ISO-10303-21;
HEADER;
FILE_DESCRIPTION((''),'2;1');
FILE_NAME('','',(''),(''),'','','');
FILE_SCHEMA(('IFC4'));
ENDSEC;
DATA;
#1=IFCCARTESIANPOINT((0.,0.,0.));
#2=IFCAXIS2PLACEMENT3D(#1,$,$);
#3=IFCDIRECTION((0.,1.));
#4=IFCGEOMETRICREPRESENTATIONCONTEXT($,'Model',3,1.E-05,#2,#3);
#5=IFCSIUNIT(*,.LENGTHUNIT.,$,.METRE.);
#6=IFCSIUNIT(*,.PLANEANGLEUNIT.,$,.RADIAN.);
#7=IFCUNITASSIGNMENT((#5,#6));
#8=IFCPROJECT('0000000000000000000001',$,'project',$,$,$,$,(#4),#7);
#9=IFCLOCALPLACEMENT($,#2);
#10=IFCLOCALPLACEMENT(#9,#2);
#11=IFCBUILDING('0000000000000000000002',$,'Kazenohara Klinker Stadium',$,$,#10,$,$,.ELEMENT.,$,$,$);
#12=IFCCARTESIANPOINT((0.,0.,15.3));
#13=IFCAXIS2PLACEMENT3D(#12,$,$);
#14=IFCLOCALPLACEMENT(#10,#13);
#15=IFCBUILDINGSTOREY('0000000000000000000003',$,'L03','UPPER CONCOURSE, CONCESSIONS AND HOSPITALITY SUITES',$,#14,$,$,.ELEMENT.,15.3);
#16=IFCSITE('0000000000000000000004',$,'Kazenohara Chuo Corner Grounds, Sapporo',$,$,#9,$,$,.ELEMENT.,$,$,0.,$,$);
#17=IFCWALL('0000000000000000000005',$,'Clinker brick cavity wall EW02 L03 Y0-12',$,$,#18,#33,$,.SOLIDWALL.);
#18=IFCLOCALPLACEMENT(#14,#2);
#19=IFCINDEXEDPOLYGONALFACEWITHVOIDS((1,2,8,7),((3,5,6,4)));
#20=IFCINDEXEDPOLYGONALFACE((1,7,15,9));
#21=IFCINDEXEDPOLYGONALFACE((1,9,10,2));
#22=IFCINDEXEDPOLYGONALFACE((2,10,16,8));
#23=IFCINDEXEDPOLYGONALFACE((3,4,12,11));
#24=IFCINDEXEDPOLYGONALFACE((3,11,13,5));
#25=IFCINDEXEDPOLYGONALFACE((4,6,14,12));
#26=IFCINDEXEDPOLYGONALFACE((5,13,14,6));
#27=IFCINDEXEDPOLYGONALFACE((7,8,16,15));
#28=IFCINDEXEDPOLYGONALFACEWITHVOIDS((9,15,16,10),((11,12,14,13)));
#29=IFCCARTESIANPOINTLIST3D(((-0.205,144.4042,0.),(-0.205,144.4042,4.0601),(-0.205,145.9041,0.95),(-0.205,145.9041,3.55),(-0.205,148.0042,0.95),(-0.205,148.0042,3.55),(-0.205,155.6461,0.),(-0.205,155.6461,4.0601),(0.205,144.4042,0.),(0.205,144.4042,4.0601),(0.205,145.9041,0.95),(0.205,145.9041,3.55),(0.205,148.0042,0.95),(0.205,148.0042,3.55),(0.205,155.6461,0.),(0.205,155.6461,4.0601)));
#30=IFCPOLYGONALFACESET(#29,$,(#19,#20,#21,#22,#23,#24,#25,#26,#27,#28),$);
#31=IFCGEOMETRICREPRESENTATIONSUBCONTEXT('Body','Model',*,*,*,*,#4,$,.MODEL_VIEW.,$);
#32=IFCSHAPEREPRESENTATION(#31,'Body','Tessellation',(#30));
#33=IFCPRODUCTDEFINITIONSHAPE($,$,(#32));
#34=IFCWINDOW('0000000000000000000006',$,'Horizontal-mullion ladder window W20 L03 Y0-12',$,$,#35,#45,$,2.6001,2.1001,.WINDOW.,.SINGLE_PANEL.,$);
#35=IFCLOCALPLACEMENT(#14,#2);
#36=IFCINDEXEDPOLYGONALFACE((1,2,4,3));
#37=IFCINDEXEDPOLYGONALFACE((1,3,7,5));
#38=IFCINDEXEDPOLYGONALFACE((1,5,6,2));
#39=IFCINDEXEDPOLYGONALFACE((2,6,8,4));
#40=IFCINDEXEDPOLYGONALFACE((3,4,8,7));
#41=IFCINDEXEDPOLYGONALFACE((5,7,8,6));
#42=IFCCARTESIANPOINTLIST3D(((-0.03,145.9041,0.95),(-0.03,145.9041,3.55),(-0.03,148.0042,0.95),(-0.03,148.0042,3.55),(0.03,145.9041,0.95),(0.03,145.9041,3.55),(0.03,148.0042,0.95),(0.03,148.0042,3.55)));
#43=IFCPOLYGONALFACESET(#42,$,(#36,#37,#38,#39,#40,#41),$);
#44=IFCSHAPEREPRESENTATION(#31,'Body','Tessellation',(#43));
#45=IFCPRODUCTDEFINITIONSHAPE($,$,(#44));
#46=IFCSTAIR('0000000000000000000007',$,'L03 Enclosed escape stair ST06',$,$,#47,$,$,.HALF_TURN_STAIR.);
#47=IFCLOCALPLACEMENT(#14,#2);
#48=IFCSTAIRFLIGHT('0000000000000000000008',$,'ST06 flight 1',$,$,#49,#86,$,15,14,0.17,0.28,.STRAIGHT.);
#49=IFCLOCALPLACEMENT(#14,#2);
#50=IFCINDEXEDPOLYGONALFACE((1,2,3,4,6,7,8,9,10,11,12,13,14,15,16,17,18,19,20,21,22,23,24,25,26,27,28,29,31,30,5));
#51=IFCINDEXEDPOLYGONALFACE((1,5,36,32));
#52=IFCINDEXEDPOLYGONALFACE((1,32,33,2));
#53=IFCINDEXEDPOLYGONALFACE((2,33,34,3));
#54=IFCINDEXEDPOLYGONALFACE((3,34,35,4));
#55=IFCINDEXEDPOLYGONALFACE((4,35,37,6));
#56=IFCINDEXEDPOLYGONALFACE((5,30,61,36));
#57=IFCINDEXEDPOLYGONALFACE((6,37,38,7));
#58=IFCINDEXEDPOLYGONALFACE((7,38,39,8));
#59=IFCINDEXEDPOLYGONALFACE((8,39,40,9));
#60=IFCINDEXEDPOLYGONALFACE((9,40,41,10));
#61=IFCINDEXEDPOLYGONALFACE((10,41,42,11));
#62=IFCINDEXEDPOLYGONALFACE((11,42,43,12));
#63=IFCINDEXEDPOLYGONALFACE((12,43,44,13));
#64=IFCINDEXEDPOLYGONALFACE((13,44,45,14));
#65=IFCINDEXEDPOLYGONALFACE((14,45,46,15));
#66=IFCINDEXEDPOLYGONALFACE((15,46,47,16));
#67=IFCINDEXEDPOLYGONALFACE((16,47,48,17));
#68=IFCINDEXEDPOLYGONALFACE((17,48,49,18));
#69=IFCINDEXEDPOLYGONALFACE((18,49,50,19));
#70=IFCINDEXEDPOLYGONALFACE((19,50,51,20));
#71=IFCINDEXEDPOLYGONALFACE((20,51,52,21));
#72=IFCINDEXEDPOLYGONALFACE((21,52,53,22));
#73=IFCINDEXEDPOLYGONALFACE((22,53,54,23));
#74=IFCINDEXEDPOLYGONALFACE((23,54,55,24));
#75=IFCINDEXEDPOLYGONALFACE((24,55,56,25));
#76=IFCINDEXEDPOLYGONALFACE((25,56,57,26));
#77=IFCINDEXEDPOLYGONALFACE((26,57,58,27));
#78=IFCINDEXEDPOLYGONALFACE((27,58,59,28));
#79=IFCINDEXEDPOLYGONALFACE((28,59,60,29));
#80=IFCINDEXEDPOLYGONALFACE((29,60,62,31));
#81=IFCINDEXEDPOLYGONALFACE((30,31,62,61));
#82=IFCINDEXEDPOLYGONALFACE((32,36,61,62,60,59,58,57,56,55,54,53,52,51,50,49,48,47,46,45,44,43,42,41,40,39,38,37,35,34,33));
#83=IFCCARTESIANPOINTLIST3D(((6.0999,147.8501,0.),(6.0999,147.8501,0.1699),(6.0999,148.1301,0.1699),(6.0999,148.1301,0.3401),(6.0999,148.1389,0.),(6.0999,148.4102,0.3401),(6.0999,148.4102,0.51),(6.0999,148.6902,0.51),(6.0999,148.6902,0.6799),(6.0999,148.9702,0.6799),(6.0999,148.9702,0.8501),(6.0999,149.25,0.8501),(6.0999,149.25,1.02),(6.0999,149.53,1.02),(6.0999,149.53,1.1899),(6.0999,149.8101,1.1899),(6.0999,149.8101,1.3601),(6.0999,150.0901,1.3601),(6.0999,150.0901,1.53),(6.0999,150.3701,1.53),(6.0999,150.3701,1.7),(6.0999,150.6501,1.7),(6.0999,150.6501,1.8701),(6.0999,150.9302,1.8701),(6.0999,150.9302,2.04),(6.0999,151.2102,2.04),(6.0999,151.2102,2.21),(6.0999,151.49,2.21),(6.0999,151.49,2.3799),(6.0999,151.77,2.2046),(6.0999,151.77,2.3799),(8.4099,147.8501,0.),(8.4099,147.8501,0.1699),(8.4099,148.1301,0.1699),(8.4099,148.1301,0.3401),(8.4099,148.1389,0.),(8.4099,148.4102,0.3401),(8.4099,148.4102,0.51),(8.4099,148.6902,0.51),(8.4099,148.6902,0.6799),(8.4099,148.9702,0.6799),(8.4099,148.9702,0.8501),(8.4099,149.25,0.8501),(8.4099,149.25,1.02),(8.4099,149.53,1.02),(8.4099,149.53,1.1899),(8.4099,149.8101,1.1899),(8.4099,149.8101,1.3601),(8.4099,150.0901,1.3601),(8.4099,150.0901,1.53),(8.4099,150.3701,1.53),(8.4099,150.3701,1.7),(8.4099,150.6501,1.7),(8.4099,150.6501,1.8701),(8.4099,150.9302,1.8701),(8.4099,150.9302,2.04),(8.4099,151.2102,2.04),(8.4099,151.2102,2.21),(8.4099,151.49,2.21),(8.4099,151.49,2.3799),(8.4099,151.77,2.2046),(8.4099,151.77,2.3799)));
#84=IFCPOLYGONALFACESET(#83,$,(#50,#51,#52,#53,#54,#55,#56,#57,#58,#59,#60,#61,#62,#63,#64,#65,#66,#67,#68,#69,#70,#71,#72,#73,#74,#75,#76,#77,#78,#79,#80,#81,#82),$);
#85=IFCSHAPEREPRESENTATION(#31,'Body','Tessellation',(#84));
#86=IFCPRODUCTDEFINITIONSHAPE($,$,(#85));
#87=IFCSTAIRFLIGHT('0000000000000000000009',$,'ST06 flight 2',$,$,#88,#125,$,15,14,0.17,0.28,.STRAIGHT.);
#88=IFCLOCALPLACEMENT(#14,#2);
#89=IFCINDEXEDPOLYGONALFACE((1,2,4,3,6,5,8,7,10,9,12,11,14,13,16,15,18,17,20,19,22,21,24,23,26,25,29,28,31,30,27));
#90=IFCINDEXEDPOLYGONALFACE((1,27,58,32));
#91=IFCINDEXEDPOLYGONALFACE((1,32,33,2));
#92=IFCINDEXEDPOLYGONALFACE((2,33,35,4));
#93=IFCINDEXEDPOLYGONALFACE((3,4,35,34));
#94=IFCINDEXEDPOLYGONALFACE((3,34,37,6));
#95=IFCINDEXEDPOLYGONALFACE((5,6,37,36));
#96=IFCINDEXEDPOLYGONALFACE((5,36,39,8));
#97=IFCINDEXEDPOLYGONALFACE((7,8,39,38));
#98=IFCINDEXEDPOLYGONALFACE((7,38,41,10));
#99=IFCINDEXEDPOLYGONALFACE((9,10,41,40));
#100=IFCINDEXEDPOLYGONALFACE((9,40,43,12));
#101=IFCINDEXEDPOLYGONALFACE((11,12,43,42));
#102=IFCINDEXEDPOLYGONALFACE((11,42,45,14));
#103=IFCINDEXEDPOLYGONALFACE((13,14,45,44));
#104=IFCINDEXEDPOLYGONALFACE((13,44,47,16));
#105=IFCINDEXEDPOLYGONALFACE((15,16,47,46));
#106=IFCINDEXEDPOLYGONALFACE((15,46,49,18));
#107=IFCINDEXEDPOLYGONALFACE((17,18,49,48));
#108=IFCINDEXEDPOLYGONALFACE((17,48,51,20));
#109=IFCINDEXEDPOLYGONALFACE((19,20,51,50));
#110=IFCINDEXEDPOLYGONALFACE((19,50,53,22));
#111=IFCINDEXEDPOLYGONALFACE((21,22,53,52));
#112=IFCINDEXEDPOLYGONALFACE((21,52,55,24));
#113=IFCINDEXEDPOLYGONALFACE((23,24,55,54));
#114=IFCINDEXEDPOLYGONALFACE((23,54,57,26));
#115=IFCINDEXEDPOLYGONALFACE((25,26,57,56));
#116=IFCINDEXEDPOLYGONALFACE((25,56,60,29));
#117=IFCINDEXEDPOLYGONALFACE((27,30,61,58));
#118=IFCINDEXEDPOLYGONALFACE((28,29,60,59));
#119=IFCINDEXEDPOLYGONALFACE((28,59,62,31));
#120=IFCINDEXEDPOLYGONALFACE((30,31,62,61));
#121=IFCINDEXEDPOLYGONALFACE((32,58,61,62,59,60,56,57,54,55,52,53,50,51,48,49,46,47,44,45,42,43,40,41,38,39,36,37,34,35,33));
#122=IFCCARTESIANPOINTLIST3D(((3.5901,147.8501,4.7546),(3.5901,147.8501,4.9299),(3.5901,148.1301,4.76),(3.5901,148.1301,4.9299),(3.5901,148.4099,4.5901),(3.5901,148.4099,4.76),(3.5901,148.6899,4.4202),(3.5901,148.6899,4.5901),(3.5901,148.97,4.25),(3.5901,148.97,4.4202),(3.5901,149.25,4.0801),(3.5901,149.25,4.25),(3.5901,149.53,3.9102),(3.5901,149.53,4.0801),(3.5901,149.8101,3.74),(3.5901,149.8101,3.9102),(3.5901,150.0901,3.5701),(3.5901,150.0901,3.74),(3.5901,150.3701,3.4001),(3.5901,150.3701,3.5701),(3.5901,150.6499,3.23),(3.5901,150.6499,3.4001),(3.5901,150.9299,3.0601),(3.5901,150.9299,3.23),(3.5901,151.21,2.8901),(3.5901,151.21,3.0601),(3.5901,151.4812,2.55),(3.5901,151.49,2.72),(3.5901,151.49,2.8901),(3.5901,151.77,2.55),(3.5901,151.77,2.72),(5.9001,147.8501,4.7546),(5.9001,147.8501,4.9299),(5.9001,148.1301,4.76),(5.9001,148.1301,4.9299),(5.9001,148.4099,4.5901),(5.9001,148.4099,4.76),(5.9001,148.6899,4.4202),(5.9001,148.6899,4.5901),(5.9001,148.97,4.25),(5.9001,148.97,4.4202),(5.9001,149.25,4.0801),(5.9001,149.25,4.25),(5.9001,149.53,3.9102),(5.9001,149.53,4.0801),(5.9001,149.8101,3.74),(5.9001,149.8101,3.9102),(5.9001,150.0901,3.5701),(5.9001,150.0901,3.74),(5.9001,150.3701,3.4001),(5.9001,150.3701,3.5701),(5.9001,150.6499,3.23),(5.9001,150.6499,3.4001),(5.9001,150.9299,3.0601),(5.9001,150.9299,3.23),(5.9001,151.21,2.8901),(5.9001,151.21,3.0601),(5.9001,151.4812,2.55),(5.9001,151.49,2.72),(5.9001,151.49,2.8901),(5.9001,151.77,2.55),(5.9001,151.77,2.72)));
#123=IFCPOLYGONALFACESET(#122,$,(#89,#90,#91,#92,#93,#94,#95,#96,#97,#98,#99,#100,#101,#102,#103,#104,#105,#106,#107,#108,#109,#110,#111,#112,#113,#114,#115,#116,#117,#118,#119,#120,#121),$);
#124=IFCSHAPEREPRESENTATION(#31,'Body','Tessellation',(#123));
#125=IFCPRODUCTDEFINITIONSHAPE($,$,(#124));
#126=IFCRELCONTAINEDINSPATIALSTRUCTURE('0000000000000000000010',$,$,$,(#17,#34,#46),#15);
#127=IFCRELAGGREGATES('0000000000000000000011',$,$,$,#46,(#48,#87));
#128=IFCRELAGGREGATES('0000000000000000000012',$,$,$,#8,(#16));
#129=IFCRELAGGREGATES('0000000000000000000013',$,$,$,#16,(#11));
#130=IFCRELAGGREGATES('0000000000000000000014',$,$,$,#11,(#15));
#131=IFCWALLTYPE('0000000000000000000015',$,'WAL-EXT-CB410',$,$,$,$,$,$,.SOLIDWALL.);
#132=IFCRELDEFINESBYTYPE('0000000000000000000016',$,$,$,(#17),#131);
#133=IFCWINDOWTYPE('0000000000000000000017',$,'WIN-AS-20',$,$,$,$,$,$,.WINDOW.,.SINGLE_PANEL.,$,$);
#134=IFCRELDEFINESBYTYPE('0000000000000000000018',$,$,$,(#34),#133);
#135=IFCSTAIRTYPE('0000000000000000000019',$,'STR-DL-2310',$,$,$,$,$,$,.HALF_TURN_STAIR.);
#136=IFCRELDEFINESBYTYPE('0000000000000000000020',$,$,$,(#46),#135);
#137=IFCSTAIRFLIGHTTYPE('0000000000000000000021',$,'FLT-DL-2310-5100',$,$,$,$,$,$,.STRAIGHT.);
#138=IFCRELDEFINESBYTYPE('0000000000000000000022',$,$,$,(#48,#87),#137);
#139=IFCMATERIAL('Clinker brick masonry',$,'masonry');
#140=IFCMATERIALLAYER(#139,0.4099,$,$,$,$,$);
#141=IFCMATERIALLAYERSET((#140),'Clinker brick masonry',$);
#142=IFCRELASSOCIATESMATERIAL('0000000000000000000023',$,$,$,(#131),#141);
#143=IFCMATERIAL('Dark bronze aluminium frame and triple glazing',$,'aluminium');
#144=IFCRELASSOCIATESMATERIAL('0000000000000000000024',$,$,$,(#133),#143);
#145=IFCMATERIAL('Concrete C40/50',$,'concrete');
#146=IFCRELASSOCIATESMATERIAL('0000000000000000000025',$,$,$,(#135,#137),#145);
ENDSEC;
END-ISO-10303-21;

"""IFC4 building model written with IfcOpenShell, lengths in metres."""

from ifc_helpers import new_model, si_unit, direction, frame, frame_2d, origin, place, context, subcontext, project, spatial, polyline, rectangle, outline, extrude, material, layer, layer_set, type_object, element, fill, aggregate, save


model = new_model("IFC4")

# Units and contexts
model_context = context("Model", 3, precision=1e-05, world=origin(), true_north=direction((0.0, 1.0)))
body_context = subcontext(model_context, "Body", "Model", "MODEL_VIEW")
ifc_project = project(units=[si_unit("LENGTHUNIT", "METRE"), si_unit("PLANEANGLEUNIT", "RADIAN")], contexts=[model_context])

# Site, building, storey
site_placement = place(None, origin())
site = spatial("IfcSite", under=ifc_project, at=site_placement, Name="Kazenohara Chuo Corner Grounds, Sapporo", CompositionType="ELEMENT", RefElevation=0.0)
building_placement = place(site_placement, origin())
building = spatial("IfcBuilding", under=site, at=building_placement, Name="Kazenohara Klinker Stadium", CompositionType="ELEMENT")
storey_placement = place(building_placement, frame((0.0, 0.0, 15.3)))
storey = spatial("IfcBuildingStorey", under=building, at=storey_placement, Name="L03", Description="UPPER CONCOURSE, CONCESSIONS AND HOSPITALITY SUITES", CompositionType="ELEMENT", Elevation=15.3)

# Shared definitions
ifc_material_1 = material(Name="Concrete C40/50", Category="concrete")

# Wall, opening, window
ifc_material_2 = material(Name="Clinker brick masonry", Category="masonry")
ifc_layer_1 = layer(ifc_material_2, 0.4099)
ifc_layer_set_1 = layer_set([ifc_layer_1], Name="Clinker brick masonry")
wall_type_1 = type_object("IfcWallType", Name="WAL-EXT-CB410", PredefinedType="SOLIDWALL", material=ifc_layer_set_1)
wall_1_placement = place(storey_placement, frame((0.0, 144.4041, 0.0), z_axis=(0.0, 0.0, 1.0), x_axis=(0.0, 1.0, 0.0)))
wall_1 = element("IfcWall", 1, at=wall_1_placement, inside=storey, type_object=wall_type_1, Name="Clinker brick cavity wall EW02 L03 Y0-12", PredefinedType="SOLIDWALL", context=body_context, shape_type="SweptSolid", body=[
    extrude(rectangle(XDim=11.2419, YDim=0.4099, at=frame_2d((5.6211, 0.0))), origin(), (0.0, 0.0, 1.0), 4.0601),
])
opening_1_placement = place(wall_1_placement, frame((1.5, 0.0, 0.95)))
opening_1 = element("IfcOpeningElement", 2, at=opening_1_placement, cuts=wall_1, PredefinedType="OPENING", context=body_context, shape_type="SweptSolid", body=[
    extrude(rectangle(XDim=2.1001, YDim=2.6001, at=frame_2d((1.05, 1.3))), frame((0.0, 0.2148, 0.0), z_axis=(0.0, -1.0, 0.0), x_axis=(1.0, 0.0, 0.0)), (0.0, 0.0, 1.0), 0.4299),
])
ifc_material_3 = material(Name="Dark bronze aluminium frame and triple glazing", Category="aluminium")
window_type = type_object("IfcWindowType", Name="WIN-AS-20", PartitioningType="SINGLE_PANEL", PredefinedType="WINDOW", material=ifc_material_3)
window_placement = place(opening_1_placement, origin())
window = element("IfcWindow", 3, at=window_placement, inside=storey, type_object=window_type, Name="Horizontal-mullion ladder window W20 L03 Y0-12", OverallHeight=2.6001, OverallWidth=2.1001, PartitioningType="SINGLE_PANEL", PredefinedType="WINDOW", context=body_context, shape_type="SweptSolid", body=[
    extrude(rectangle(XDim=2.1001, YDim=2.6001, at=frame_2d((1.05, 1.3))), frame((0.0, 0.03, 0.0), z_axis=(0.0, -1.0, 0.0), x_axis=(1.0, 0.0, 0.0)), (0.0, 0.0, 1.0), 0.0601),
])
fill(opening_1, window)

# Stair, stair flights
stair_type = type_object("IfcStairType", Name="STR-DL-2310", PredefinedType="HALF_TURN_STAIR", material=ifc_material_1)
stair_placement = place(storey_placement, origin())
stair = element("IfcStair", 4, at=stair_placement, inside=storey, type_object=stair_type, Name="L03 Enclosed escape stair ST06", PredefinedType="HALF_TURN_STAIR")
stair_flight_type = type_object("IfcStairFlightType", Name="FLT-DL-2310-5100", PredefinedType="STRAIGHT", material=ifc_material_1)
stair_flight_1_placement = place(storey_placement, frame((7.2549, 147.8501, 0.0), z_axis=(0.0, 0.0, 1.0), x_axis=(0.0, 1.0, 0.0)))
stair_flight_1 = element("IfcStairFlight", 5, at=stair_flight_1_placement, type_object=stair_flight_type, Name="ST06 flight 1", NumberOfRisers=15, NumberOfTreads=14, PredefinedType="STRAIGHT", RiserHeight=0.17, TreadLength=0.28, context=body_context, shape_type="SweptSolid", body=[
    extrude(outline(polyline([(0.0, 0.0), (0.0, 0.1699), (0.28, 0.1699), (0.28, 0.3401), (0.5601, 0.3401), (0.5601, 0.51), (0.8401, 0.51), (0.8401, 0.6799), (1.1201, 0.6799), (1.1201, 0.8501), (1.3999, 0.8501), (1.3999, 1.02), (1.6799, 1.02), (1.6799, 1.1899), (1.96, 1.1899), (1.96, 1.3601), (2.24, 1.3601), (2.24, 1.53), (2.52, 1.53), (2.52, 1.7), (2.8, 1.7), (2.8, 1.8701), (3.0801, 1.8701), (3.0801, 2.04), (3.3601, 2.04), (3.3601, 2.21), (3.6399, 2.21), (3.6399, 2.3799), (3.9199, 2.3799), (3.9199, 2.55), (3.9199, 2.2046), (0.2888, 0.0), (0.0, 0.0)])), frame((0.0, 1.155, 0.0), z_axis=(0.0, -1.0, 0.0), x_axis=(1.0, 0.0, 0.0)), (0.0, 0.0, 1.0), 2.3101),
])
stair_flight_2_placement = place(storey_placement, frame((4.7451, 151.77, 2.55), z_axis=(0.0, 0.0, 1.0), x_axis=(0.0, -1.0, 0.0)))
stair_flight_2 = element("IfcStairFlight", 6, at=stair_flight_2_placement, type_object=stair_flight_type, Name="ST06 flight 2", NumberOfRisers=15, NumberOfTreads=14, PredefinedType="STRAIGHT", RiserHeight=0.17, TreadLength=0.28, context=body_context, shape_type="SweptSolid", body=[
    extrude(outline(polyline([(0.0, 0.0), (0.0, 0.1699), (0.28, 0.1699), (0.28, 0.3401), (0.5601, 0.3401), (0.5601, 0.51), (0.8401, 0.51), (0.8401, 0.6799), (1.1201, 0.6799), (1.1201, 0.8501), (1.3999, 0.8501), (1.3999, 1.02), (1.6799, 1.02), (1.6799, 1.1899), (1.96, 1.1899), (1.96, 1.3601), (2.24, 1.3601), (2.24, 1.53), (2.52, 1.53), (2.52, 1.7), (2.8, 1.7), (2.8, 1.8701), (3.0801, 1.8701), (3.0801, 2.04), (3.3601, 2.04), (3.3601, 2.21), (3.6399, 2.21), (3.6399, 2.3799), (3.9199, 2.3799), (3.9199, 2.55), (3.9199, 2.2046), (0.2888, 0.0), (0.0, 0.0)])), frame((0.0, 1.155, 0.0), z_axis=(0.0, -1.0, 0.0), x_axis=(1.0, 0.0, 0.0)), (0.0, 0.0, 1.0), 2.3101),
])
aggregate(stair, [stair_flight_1, stair_flight_2])

save(model, "model.ifc")
